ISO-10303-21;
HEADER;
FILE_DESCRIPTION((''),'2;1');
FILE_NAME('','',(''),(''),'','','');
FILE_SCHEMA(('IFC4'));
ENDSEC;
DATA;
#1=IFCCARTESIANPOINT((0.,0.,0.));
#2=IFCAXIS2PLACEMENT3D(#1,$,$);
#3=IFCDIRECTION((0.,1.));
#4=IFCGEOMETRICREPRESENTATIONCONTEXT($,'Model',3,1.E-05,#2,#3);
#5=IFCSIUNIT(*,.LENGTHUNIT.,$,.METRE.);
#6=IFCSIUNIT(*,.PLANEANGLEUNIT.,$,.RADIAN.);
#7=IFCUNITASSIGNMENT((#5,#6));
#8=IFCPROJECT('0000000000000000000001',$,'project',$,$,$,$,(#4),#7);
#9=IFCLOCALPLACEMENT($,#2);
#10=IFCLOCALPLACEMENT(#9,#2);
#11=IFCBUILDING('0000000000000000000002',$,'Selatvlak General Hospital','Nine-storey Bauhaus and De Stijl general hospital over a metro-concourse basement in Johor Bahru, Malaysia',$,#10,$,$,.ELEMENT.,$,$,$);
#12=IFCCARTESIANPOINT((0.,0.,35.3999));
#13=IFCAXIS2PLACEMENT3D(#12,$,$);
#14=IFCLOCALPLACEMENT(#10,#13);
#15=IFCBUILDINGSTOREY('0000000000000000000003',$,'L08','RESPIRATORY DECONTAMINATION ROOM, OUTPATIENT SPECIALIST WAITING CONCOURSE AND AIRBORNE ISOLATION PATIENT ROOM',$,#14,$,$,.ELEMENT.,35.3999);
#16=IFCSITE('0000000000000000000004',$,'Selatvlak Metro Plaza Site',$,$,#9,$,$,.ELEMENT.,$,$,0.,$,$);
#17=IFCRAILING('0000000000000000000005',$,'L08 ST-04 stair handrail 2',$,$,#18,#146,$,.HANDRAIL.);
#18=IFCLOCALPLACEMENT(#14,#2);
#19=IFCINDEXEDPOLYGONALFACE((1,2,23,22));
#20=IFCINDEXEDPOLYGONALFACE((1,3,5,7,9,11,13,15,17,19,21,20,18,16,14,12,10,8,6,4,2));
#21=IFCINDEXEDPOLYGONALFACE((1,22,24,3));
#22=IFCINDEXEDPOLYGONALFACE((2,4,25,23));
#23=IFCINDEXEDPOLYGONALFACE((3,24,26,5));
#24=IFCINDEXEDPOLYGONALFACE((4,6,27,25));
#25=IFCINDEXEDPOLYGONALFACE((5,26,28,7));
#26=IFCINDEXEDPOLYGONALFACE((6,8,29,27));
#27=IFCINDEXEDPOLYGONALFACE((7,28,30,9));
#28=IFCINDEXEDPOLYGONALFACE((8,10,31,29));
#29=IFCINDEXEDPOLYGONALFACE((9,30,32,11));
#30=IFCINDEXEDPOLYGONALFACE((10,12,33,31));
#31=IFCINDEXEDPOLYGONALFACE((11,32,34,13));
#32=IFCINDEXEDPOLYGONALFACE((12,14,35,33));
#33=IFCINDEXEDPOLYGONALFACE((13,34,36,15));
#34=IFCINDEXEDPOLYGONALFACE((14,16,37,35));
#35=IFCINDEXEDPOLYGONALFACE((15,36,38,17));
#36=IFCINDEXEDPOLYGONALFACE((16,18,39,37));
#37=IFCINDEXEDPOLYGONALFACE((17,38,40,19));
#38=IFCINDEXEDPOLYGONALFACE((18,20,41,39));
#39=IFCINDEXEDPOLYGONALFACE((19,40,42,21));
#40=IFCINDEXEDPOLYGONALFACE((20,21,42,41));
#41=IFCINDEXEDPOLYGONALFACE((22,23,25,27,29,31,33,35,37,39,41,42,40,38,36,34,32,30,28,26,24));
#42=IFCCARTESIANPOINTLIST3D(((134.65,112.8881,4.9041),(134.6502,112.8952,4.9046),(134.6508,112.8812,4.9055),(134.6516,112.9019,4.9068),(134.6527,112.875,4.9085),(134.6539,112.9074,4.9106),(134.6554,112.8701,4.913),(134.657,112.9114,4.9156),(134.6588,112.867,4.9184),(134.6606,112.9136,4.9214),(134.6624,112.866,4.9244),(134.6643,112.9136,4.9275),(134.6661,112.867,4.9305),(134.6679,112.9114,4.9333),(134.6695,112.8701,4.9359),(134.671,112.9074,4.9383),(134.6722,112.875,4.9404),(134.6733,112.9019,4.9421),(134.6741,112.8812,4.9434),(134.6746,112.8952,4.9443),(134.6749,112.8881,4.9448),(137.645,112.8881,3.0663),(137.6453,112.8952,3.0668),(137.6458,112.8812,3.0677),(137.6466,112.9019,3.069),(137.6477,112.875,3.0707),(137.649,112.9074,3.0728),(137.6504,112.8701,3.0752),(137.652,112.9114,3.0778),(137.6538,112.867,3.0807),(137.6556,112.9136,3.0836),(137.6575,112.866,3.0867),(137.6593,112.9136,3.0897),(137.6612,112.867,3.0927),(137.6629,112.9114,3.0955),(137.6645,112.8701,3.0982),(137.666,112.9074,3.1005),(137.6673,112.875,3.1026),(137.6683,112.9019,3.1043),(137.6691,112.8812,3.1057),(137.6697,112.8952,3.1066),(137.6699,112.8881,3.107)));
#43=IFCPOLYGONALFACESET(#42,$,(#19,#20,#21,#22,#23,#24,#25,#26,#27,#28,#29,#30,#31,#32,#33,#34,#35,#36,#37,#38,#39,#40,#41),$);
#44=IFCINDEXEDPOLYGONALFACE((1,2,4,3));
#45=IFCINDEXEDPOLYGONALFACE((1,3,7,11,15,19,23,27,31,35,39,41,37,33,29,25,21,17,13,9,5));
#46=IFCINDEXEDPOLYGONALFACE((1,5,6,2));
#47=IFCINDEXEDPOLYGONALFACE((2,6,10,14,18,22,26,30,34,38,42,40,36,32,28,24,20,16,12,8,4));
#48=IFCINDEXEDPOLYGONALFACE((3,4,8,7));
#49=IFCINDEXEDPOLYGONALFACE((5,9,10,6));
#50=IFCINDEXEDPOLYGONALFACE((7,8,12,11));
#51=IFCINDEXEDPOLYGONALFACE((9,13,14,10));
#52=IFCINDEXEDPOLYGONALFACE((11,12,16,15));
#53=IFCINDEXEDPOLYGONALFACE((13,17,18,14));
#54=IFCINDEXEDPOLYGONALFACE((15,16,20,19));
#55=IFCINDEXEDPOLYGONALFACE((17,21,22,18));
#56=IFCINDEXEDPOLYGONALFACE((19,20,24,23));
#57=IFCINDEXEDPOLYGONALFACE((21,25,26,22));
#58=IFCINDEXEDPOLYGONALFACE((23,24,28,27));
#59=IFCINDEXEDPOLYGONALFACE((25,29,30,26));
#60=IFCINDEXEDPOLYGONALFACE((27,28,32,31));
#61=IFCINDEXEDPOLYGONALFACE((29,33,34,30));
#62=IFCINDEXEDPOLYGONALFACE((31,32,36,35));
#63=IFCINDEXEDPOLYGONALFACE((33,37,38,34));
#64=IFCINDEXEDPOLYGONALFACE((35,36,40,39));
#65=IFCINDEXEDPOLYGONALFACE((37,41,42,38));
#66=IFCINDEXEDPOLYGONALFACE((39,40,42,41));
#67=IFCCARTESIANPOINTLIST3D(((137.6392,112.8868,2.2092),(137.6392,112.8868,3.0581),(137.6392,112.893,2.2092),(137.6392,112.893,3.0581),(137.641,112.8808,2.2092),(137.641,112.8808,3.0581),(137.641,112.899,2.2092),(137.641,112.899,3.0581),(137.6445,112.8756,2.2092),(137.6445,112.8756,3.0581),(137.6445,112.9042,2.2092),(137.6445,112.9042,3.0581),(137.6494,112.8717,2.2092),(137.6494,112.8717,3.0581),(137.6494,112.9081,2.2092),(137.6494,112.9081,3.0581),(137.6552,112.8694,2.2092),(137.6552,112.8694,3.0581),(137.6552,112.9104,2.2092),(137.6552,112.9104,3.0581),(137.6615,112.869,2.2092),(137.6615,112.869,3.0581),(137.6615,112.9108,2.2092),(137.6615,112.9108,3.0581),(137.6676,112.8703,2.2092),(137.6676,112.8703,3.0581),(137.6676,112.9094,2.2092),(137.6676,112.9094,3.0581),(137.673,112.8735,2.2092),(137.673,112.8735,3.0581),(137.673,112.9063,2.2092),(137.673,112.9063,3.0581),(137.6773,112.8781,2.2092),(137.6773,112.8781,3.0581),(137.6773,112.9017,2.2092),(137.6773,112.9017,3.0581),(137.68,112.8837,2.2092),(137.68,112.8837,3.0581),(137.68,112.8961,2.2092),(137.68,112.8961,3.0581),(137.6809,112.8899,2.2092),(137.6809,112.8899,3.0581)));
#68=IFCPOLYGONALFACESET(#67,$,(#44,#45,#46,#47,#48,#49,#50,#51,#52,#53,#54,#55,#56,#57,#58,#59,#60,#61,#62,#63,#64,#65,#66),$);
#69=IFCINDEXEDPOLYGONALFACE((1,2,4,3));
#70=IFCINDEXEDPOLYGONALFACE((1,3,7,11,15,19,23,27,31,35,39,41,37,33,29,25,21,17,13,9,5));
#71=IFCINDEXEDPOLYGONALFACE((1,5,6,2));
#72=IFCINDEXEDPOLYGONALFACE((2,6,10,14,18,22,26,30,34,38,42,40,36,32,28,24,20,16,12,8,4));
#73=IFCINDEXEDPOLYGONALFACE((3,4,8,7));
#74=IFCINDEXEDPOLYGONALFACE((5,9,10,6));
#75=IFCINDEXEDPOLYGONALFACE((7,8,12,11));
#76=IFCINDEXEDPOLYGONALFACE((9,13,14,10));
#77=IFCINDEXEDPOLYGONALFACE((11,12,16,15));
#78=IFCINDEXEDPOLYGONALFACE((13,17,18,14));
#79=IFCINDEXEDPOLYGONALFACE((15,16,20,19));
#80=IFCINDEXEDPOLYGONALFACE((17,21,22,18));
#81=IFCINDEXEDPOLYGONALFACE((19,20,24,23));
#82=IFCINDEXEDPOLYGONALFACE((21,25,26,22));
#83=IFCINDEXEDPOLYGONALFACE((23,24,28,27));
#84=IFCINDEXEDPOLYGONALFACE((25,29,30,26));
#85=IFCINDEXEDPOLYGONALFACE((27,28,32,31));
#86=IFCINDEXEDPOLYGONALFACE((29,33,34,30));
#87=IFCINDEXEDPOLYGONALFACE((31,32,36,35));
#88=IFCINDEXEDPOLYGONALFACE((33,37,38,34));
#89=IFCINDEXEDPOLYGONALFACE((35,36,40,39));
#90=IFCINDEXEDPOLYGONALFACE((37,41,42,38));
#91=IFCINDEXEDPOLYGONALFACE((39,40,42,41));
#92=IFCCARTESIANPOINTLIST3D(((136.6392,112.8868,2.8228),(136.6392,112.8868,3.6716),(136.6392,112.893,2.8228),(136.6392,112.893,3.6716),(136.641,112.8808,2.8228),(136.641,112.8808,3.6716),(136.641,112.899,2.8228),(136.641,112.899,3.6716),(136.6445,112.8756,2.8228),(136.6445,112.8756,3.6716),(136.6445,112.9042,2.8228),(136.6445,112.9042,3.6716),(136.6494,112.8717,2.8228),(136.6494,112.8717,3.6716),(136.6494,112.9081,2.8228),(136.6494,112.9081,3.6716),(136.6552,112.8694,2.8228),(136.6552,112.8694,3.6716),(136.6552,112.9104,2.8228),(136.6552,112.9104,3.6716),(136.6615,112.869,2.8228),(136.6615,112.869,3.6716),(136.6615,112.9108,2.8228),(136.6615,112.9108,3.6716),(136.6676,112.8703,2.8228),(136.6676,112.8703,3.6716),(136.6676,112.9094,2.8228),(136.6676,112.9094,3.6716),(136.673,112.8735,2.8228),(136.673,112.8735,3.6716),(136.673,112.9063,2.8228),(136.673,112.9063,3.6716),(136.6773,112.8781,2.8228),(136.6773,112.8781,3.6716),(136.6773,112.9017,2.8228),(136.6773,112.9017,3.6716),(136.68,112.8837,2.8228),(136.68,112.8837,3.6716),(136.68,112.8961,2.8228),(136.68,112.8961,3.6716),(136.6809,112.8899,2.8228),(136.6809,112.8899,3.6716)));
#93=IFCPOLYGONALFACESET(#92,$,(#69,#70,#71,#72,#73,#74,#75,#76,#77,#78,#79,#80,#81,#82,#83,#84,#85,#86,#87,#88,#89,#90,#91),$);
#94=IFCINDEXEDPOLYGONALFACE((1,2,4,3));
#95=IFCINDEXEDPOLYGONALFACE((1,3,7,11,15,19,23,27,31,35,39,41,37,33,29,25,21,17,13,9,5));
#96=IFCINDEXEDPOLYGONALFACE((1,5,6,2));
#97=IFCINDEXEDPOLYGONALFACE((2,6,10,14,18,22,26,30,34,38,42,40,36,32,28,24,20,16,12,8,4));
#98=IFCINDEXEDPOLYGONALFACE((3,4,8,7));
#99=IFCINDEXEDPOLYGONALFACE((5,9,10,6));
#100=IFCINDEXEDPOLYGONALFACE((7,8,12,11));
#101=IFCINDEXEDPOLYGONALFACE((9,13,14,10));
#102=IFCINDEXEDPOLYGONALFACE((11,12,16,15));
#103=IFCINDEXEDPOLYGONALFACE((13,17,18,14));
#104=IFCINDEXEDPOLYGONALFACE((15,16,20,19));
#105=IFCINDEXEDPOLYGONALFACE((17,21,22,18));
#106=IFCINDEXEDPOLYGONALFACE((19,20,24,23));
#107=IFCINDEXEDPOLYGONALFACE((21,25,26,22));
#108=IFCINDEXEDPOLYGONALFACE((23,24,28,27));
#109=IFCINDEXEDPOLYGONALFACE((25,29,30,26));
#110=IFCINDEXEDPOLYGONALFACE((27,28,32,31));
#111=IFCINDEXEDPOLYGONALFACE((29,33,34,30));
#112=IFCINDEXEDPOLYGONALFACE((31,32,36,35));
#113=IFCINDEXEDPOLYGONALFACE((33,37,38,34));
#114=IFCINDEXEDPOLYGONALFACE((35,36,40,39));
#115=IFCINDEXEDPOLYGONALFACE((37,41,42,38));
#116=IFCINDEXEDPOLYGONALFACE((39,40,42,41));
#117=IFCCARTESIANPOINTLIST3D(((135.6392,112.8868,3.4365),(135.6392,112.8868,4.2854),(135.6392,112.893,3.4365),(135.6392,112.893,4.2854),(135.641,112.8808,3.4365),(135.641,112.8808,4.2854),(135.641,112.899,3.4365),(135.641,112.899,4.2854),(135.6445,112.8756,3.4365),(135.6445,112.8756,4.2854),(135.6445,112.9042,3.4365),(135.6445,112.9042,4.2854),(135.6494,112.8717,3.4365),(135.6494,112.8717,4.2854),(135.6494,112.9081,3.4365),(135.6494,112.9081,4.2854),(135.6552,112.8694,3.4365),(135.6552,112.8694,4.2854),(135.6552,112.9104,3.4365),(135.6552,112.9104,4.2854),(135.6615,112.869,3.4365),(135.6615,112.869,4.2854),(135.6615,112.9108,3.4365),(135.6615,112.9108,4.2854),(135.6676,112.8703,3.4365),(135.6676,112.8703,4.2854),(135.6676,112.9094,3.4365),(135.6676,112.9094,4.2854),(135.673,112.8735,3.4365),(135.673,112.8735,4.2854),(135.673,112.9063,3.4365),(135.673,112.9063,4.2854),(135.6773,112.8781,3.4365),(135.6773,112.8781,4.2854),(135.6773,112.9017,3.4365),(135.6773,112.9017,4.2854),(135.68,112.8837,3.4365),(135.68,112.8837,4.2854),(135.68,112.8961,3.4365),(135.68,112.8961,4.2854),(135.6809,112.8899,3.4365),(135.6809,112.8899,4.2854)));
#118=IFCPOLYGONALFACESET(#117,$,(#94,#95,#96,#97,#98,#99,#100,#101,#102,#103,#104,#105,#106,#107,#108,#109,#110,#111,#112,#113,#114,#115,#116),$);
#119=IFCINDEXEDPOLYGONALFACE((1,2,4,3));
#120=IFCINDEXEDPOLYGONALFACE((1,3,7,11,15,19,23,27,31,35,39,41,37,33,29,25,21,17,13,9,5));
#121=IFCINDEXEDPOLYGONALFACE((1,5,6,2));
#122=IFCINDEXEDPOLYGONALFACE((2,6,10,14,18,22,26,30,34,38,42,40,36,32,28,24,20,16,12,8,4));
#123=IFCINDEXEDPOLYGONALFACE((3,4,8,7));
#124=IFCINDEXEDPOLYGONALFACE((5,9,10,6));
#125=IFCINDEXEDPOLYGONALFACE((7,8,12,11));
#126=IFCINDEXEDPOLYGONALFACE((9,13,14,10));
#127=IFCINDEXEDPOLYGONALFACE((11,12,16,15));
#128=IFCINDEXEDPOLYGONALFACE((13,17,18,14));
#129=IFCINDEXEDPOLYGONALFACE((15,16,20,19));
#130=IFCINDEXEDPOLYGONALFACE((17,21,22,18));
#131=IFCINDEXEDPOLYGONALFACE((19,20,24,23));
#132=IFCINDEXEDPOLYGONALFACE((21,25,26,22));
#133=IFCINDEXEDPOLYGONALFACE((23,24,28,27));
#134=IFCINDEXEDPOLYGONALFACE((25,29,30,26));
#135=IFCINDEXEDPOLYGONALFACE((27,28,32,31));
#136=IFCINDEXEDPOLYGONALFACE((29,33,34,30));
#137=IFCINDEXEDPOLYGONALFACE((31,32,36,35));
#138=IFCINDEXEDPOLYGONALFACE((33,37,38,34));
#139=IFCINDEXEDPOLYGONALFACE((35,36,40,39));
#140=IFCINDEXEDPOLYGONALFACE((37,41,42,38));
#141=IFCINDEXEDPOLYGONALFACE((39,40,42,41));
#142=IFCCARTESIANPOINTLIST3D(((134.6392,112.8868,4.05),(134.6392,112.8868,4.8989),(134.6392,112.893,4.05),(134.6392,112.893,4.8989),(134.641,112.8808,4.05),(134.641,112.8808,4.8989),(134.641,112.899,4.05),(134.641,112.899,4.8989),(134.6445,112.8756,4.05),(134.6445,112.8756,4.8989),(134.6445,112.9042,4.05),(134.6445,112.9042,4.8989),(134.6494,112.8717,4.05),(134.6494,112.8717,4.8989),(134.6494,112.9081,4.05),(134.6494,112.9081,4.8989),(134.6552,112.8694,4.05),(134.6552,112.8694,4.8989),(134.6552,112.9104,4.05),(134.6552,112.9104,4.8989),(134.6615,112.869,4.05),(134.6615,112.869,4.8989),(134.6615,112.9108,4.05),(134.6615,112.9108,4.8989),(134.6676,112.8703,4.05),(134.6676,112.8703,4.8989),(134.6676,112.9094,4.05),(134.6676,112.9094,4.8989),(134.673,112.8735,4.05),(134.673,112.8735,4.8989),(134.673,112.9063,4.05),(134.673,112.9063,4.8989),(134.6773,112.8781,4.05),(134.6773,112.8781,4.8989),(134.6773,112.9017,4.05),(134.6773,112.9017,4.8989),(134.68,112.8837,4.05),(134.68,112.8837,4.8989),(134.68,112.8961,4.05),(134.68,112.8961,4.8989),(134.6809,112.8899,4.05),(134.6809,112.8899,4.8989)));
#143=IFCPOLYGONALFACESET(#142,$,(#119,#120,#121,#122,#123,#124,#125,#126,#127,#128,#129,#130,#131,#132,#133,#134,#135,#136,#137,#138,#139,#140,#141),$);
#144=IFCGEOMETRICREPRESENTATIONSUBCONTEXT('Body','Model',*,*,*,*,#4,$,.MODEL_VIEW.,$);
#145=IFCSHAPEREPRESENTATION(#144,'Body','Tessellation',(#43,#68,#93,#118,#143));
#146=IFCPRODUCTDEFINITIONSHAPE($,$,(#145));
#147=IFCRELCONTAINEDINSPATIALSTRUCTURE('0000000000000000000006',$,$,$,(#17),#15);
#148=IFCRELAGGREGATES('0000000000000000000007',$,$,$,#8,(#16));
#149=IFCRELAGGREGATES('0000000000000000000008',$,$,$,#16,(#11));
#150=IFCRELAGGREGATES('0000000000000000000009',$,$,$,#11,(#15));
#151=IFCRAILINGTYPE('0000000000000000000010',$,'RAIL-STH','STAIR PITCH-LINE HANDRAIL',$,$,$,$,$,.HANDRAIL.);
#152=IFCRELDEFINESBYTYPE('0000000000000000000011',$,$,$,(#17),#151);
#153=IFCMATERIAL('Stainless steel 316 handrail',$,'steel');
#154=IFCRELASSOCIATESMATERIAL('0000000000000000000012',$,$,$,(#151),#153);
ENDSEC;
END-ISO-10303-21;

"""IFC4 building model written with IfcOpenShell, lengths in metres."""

from ifc_helpers import new_model, si_unit, direction, frame, origin, origin_2d, place, context, subcontext, project, spatial, circle, extrude, material, type_object, element, save


model = new_model("IFC4")

# Units and contexts
model_context = context("Model", 3, precision=1e-05, world=origin(), true_north=direction((0.0, 1.0)))
body_context = subcontext(model_context, "Body", "Model", "MODEL_VIEW")
ifc_project = project(units=[si_unit("LENGTHUNIT", "METRE"), si_unit("PLANEANGLEUNIT", "RADIAN")], contexts=[model_context])

# Site, building, storey
site_placement = place(None, origin())
site = spatial("IfcSite", under=ifc_project, at=site_placement, Name="Selatvlak Metro Plaza Site", CompositionType="ELEMENT", RefElevation=0.0)
building_placement = place(site_placement, origin())
building = spatial("IfcBuilding", under=site, at=building_placement, Name="Selatvlak General Hospital", Description="Nine-storey Bauhaus and De Stijl general hospital over a metro-concourse basement in Johor Bahru, Malaysia", CompositionType="ELEMENT")
storey_placement = place(building_placement, frame((0.0, 0.0, 35.3999)))
storey = spatial("IfcBuildingStorey", under=building, at=storey_placement, Name="L08", Description="RESPIRATORY DECONTAMINATION ROOM, OUTPATIENT SPECIALIST WAITING CONCOURSE AND AIRBORNE ISOLATION PATIENT ROOM", CompositionType="ELEMENT", Elevation=35.3999)

# Railing
ifc_material_1 = material(Name="Stainless steel 316 handrail", Category="steel")
railing_type_1 = type_object("IfcRailingType", Name="RAIL-STH", Description="STAIR PITCH-LINE HANDRAIL", PredefinedType="HANDRAIL", material=ifc_material_1)
railing_1_placement = place(storey_placement, frame((137.6599, 112.8899, 2.2092)))
element("IfcRailing", 1, at=railing_1_placement, inside=storey, type_object=railing_type_1, Name="L08 ST-04 stair handrail 2", PredefinedType="HANDRAIL", context=body_context, shape_type="SweptSolid", body=[
    extrude(circle(Radius=0.0239, at=origin_2d()), frame((-0.0024, 0.0, 0.8774), z_axis=(-0.852334, 0.0, 0.522998), x_axis=(0.0, -1.0, 0.0)), (0.0, 0.0, 1.0), 3.5139),
    extrude(circle(Radius=0.021, at=origin_2d()), origin(), (0.0, 0.0, 1.0), 0.8489),
    extrude(circle(Radius=0.021, at=origin_2d()), frame((-1.0, 0.0, 0.6135)), (0.0, 0.0, 1.0), 0.8489),
    extrude(circle(Radius=0.021, at=origin_2d()), frame((-2.0, 0.0, 1.2273)), (0.0, 0.0, 1.0), 0.8489),
    extrude(circle(Radius=0.021, at=origin_2d()), frame((-3.0, 0.0, 1.8408)), (0.0, 0.0, 1.0), 0.8489),
])

save(model, "model.ifc")
